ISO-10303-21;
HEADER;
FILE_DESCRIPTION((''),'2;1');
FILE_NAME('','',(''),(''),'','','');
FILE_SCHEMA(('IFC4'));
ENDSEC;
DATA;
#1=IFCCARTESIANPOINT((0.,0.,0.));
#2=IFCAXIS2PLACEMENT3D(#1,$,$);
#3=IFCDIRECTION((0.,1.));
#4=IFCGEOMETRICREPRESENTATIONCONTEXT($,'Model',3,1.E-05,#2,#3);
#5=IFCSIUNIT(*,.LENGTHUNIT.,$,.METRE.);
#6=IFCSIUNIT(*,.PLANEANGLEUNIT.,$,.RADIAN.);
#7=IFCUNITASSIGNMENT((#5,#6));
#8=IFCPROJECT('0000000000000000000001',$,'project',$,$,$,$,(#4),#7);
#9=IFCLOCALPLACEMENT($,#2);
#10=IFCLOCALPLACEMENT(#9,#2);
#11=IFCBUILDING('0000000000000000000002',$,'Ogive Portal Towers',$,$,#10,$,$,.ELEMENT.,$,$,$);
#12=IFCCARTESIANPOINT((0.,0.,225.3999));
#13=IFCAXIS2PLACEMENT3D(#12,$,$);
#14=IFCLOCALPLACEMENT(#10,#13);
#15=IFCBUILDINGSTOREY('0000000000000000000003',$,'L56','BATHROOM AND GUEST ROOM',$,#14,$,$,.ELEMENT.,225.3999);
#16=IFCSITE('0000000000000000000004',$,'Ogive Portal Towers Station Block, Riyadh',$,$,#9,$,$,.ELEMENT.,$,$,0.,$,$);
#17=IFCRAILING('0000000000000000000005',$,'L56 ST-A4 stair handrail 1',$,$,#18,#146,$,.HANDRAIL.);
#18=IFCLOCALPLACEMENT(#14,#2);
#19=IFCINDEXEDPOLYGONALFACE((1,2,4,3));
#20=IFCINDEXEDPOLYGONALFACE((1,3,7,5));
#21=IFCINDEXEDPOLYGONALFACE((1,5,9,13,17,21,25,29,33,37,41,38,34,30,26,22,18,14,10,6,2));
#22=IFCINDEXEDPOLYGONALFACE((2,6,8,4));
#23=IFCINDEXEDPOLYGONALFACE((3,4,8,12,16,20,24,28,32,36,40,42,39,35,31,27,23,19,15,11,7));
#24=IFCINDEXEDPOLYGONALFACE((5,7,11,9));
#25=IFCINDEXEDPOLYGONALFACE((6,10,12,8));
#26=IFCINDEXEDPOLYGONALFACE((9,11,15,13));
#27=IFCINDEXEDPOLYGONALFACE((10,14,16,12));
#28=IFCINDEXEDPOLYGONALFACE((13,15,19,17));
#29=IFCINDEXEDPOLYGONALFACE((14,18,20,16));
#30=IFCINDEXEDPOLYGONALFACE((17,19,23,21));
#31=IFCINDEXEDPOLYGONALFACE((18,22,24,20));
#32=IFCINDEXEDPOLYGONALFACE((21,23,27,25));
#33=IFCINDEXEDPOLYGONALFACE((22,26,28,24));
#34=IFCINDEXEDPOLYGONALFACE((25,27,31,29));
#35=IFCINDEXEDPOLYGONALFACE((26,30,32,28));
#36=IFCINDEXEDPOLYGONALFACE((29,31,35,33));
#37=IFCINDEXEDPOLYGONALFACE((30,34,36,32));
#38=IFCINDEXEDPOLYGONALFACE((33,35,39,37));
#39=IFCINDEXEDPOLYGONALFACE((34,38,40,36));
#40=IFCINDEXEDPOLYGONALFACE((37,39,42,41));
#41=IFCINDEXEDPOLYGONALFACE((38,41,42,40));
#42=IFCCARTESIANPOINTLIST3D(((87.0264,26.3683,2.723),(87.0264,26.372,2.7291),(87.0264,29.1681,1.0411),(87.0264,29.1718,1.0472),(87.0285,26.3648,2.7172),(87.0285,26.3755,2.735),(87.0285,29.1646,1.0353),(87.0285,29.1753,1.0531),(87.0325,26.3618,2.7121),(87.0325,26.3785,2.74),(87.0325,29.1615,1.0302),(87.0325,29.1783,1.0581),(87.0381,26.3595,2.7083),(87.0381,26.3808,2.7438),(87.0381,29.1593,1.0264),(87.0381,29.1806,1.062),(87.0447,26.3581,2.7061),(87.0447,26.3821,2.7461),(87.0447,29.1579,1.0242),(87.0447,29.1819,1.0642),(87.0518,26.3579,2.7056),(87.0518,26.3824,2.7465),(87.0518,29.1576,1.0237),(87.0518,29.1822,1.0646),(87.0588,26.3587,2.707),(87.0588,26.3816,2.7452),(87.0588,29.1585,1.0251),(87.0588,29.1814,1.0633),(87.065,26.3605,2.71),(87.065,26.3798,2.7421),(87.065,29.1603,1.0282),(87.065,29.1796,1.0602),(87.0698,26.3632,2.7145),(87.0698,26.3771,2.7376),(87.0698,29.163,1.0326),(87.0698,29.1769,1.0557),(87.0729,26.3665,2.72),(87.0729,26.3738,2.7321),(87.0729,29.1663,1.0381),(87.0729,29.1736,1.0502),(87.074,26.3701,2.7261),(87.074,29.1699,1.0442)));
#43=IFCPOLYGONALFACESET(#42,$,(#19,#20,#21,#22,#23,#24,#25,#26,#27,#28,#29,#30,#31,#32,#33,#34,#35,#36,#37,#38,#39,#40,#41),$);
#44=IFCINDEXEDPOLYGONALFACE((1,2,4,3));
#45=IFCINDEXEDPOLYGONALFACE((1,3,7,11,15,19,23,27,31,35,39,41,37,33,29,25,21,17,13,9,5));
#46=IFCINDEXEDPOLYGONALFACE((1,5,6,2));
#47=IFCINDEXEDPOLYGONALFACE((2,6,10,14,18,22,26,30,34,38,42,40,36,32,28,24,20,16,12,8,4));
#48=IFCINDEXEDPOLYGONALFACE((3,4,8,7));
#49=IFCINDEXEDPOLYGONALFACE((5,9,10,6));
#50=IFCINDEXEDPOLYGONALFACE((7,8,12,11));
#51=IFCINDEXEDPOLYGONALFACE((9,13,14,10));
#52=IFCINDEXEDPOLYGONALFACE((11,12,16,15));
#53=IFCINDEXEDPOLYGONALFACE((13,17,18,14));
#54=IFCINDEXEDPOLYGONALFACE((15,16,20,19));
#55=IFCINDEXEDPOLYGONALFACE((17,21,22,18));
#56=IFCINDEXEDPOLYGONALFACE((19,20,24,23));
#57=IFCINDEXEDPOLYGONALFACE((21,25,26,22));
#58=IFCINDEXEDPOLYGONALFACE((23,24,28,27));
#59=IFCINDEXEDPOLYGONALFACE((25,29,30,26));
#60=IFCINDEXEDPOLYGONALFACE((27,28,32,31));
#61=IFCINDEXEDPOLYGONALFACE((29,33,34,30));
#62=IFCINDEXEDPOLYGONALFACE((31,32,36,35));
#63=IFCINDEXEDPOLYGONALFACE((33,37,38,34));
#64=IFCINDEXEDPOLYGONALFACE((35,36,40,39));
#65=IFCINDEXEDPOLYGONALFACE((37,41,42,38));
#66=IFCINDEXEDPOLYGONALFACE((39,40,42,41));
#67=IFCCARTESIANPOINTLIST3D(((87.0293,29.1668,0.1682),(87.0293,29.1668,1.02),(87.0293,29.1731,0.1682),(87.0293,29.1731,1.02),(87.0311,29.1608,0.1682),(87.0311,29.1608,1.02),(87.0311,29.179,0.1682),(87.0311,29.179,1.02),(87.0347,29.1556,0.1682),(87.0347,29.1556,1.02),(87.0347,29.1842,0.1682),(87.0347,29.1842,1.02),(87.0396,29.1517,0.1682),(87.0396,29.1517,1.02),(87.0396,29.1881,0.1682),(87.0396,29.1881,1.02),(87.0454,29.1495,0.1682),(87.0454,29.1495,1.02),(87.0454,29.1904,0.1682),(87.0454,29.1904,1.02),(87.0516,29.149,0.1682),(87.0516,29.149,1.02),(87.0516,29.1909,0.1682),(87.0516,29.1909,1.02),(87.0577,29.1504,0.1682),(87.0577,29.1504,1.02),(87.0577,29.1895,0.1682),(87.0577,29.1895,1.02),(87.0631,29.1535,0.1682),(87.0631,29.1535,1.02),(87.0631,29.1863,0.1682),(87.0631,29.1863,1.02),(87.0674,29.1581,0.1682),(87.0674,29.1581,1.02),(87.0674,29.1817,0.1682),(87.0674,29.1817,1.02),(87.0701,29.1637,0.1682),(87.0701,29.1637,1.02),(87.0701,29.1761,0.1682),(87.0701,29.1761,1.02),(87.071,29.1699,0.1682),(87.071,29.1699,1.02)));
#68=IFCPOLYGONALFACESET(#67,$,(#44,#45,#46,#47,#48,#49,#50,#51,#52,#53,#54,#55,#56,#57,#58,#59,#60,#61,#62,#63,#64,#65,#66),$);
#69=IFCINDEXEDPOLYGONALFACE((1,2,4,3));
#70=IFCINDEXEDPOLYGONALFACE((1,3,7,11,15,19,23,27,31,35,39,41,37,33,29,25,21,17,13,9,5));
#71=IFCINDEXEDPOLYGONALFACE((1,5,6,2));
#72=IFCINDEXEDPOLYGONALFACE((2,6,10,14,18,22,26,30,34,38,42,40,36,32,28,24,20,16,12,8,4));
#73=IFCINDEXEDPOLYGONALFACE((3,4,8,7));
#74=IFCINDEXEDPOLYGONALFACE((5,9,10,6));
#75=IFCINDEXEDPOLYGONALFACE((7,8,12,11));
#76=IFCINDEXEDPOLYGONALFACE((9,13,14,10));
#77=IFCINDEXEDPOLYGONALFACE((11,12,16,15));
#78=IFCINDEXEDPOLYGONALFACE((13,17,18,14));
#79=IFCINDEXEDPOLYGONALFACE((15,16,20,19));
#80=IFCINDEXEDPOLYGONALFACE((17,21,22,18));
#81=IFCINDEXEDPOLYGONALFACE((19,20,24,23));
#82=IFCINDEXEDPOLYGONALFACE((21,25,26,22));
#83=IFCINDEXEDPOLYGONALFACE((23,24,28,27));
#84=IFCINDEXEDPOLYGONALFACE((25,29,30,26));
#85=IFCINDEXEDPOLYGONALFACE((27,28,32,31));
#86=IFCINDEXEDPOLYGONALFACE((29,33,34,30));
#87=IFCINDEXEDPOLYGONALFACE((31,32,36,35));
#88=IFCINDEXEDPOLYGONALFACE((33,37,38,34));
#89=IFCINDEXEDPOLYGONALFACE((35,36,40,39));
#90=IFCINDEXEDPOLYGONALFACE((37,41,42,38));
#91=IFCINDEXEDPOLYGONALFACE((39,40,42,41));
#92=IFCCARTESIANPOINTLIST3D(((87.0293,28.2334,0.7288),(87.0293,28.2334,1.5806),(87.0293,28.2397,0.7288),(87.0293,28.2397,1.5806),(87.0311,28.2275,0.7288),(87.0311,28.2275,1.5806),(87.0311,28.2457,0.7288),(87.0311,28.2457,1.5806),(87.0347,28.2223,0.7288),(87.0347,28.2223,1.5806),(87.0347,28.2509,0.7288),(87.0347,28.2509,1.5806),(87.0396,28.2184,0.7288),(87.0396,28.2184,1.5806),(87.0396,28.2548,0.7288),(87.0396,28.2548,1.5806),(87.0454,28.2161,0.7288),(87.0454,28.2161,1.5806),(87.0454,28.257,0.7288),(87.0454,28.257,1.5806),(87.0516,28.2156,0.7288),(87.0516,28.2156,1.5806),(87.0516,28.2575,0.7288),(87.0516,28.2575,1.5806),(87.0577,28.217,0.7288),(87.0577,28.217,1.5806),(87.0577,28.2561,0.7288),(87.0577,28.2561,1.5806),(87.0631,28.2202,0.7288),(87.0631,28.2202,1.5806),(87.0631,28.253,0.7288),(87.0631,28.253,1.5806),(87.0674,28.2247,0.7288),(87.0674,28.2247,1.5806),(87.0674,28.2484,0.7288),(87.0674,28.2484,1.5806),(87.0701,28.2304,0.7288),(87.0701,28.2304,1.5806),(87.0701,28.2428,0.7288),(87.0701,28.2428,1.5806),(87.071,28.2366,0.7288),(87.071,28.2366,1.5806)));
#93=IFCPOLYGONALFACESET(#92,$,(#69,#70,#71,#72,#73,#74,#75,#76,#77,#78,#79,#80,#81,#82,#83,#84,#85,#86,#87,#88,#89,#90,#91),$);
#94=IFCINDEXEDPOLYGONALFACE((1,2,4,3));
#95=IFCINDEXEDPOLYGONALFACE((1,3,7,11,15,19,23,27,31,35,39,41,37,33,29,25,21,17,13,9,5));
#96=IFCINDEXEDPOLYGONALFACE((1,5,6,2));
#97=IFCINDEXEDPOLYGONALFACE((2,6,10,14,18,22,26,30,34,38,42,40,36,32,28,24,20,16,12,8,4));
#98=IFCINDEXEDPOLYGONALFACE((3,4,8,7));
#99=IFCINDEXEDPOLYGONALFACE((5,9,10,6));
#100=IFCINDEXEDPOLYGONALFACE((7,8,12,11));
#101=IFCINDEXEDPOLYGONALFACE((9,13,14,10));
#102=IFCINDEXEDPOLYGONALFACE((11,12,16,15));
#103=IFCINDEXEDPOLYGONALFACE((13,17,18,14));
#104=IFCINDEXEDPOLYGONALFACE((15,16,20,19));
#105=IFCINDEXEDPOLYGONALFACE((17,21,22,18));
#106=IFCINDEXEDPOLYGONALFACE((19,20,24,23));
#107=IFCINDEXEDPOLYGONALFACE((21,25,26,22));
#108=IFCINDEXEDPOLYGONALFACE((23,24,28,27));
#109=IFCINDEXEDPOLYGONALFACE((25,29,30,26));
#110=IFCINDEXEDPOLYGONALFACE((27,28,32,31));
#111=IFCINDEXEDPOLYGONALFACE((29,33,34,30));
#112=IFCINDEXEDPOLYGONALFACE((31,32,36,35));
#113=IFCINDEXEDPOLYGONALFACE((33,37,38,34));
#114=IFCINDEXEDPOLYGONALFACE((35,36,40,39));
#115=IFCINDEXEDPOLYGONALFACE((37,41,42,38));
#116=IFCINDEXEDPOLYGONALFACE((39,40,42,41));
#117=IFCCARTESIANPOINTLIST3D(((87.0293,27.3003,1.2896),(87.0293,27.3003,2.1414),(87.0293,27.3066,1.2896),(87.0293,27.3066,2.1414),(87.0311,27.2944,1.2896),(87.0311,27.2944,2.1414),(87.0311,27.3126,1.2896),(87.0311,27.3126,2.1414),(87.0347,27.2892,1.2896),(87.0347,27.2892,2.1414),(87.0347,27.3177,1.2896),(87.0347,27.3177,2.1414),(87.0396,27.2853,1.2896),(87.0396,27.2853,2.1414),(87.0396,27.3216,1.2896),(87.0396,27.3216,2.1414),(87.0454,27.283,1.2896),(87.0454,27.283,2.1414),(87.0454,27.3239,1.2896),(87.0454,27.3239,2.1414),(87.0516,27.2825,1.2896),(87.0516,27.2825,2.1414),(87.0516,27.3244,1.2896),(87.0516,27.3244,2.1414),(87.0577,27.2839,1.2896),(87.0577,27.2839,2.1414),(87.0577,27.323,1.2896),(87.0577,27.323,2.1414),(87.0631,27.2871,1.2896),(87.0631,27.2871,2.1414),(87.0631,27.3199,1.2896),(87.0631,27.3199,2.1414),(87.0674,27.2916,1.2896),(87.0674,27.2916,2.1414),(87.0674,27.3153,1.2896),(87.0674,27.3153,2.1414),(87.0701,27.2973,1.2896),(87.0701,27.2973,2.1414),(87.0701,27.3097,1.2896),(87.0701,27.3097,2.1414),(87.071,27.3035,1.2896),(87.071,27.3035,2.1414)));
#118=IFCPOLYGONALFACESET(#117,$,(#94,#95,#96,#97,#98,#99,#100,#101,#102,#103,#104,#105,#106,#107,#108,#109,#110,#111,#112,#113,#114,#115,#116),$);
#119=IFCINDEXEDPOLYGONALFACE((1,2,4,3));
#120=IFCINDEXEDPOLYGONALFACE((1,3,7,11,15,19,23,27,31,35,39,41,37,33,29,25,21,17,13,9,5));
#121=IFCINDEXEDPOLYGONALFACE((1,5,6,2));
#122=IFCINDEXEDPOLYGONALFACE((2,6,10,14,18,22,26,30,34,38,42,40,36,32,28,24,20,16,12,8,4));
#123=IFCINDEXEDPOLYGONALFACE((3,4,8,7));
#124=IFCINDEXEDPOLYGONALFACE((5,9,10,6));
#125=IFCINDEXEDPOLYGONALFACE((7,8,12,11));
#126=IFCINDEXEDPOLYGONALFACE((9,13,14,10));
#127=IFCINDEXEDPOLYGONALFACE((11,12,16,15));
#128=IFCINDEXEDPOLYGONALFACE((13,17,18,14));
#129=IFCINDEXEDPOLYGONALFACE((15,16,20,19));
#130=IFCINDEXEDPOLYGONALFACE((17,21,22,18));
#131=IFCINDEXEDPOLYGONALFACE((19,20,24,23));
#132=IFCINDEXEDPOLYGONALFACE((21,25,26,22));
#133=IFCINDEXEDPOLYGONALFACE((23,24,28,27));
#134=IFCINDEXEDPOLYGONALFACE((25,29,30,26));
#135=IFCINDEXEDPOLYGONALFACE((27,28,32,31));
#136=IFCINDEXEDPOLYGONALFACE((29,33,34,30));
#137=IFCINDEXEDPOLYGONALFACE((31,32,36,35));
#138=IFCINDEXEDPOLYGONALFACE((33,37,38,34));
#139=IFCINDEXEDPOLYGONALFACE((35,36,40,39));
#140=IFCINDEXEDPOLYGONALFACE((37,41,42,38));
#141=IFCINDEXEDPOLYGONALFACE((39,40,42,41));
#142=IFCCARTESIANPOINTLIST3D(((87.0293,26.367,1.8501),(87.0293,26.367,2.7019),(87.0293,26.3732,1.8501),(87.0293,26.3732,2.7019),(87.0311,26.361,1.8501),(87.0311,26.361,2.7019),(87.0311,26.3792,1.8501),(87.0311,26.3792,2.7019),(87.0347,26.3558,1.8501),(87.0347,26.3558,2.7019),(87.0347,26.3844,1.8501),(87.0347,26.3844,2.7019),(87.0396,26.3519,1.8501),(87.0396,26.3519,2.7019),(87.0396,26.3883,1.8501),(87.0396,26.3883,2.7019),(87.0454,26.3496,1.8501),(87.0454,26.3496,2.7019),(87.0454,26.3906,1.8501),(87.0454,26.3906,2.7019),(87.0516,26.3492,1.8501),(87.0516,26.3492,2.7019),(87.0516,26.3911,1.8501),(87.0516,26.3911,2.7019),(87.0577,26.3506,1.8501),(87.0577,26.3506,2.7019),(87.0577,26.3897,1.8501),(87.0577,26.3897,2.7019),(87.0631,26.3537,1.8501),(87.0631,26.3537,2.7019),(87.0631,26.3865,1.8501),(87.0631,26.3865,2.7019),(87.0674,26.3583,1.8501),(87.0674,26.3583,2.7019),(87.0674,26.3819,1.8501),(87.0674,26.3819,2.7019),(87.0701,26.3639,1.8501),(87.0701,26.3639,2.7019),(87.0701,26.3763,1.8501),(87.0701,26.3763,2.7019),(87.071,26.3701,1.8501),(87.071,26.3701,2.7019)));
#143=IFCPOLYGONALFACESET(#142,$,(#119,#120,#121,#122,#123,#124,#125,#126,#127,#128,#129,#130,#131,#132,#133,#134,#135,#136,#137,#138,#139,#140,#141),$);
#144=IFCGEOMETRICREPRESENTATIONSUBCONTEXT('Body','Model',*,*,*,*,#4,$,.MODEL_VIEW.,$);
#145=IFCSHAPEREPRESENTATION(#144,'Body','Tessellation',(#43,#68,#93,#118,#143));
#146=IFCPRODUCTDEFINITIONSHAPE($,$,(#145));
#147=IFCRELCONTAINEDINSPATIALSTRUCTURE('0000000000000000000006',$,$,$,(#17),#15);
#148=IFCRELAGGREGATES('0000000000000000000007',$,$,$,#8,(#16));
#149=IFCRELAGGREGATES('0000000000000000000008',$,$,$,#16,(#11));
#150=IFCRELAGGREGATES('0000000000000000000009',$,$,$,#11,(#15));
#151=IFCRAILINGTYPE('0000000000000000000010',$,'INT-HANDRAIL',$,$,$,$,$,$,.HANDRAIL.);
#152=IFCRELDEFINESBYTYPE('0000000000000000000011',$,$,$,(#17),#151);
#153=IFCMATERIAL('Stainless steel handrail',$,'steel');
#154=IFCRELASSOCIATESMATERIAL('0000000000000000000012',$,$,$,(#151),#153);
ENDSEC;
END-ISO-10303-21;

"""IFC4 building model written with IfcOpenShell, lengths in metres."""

from ifc_helpers import new_model, si_unit, direction, frame, origin, origin_2d, place, context, subcontext, project, spatial, circle, extrude, material, type_object, element, save


model = new_model("IFC4")

# Units and contexts
model_context = context("Model", 3, precision=1e-05, world=origin(), true_north=direction((0.0, 1.0)))
body_context = subcontext(model_context, "Body", "Model", "MODEL_VIEW")
ifc_project = project(units=[si_unit("LENGTHUNIT", "METRE"), si_unit("PLANEANGLEUNIT", "RADIAN")], contexts=[model_context])

# Site, building, storey
site_placement = place(None, origin())
site = spatial("IfcSite", under=ifc_project, at=site_placement, Name="Ogive Portal Towers Station Block, Riyadh", CompositionType="ELEMENT", RefElevation=0.0)
building_placement = place(site_placement, origin())
building = spatial("IfcBuilding", under=site, at=building_placement, Name="Ogive Portal Towers", CompositionType="ELEMENT")
storey_placement = place(building_placement, frame((0.0, 0.0, 225.3999)))
storey = spatial("IfcBuildingStorey", under=building, at=storey_placement, Name="L56", Description="BATHROOM AND GUEST ROOM", CompositionType="ELEMENT", Elevation=225.3999)

# Railing
ifc_material_1 = material(Name="Stainless steel handrail", Category="steel")
railing_type = type_object("IfcRailingType", Name="INT-HANDRAIL", PredefinedType="HANDRAIL", material=ifc_material_1)
railing_placement = place(storey_placement, frame((87.05, 29.1699, 0.1682)))
element("IfcRailing", 1, at=railing_placement, inside=storey, type_object=railing_type, Name="L56 ST-A4 stair handrail 1", PredefinedType="HANDRAIL", context=body_context, shape_type="SweptSolid", body=[
    extrude(circle(Radius=0.0239, at=origin_2d()), frame((0.0, 0.0, 0.876), z_axis=(0.0, -0.857222, 0.514946), x_axis=(1.0, 0.0, 0.0)), (0.0, 0.0, 1.0), 3.2661),
    extrude(circle(Radius=0.021, at=origin_2d()), origin(), (0.0, 0.0, 1.0), 0.8518),
    extrude(circle(Radius=0.021, at=origin_2d()), frame((0.0, -0.9333, 0.5605)), (0.0, 0.0, 1.0), 0.8518),
    extrude(circle(Radius=0.021, at=origin_2d()), frame((0.0, -1.8665, 1.1213)), (0.0, 0.0, 1.0), 0.8518),
    extrude(circle(Radius=0.021, at=origin_2d()), frame((0.0, -2.7998, 1.6819)), (0.0, 0.0, 1.0), 0.8518),
])

save(model, "model.ifc")
